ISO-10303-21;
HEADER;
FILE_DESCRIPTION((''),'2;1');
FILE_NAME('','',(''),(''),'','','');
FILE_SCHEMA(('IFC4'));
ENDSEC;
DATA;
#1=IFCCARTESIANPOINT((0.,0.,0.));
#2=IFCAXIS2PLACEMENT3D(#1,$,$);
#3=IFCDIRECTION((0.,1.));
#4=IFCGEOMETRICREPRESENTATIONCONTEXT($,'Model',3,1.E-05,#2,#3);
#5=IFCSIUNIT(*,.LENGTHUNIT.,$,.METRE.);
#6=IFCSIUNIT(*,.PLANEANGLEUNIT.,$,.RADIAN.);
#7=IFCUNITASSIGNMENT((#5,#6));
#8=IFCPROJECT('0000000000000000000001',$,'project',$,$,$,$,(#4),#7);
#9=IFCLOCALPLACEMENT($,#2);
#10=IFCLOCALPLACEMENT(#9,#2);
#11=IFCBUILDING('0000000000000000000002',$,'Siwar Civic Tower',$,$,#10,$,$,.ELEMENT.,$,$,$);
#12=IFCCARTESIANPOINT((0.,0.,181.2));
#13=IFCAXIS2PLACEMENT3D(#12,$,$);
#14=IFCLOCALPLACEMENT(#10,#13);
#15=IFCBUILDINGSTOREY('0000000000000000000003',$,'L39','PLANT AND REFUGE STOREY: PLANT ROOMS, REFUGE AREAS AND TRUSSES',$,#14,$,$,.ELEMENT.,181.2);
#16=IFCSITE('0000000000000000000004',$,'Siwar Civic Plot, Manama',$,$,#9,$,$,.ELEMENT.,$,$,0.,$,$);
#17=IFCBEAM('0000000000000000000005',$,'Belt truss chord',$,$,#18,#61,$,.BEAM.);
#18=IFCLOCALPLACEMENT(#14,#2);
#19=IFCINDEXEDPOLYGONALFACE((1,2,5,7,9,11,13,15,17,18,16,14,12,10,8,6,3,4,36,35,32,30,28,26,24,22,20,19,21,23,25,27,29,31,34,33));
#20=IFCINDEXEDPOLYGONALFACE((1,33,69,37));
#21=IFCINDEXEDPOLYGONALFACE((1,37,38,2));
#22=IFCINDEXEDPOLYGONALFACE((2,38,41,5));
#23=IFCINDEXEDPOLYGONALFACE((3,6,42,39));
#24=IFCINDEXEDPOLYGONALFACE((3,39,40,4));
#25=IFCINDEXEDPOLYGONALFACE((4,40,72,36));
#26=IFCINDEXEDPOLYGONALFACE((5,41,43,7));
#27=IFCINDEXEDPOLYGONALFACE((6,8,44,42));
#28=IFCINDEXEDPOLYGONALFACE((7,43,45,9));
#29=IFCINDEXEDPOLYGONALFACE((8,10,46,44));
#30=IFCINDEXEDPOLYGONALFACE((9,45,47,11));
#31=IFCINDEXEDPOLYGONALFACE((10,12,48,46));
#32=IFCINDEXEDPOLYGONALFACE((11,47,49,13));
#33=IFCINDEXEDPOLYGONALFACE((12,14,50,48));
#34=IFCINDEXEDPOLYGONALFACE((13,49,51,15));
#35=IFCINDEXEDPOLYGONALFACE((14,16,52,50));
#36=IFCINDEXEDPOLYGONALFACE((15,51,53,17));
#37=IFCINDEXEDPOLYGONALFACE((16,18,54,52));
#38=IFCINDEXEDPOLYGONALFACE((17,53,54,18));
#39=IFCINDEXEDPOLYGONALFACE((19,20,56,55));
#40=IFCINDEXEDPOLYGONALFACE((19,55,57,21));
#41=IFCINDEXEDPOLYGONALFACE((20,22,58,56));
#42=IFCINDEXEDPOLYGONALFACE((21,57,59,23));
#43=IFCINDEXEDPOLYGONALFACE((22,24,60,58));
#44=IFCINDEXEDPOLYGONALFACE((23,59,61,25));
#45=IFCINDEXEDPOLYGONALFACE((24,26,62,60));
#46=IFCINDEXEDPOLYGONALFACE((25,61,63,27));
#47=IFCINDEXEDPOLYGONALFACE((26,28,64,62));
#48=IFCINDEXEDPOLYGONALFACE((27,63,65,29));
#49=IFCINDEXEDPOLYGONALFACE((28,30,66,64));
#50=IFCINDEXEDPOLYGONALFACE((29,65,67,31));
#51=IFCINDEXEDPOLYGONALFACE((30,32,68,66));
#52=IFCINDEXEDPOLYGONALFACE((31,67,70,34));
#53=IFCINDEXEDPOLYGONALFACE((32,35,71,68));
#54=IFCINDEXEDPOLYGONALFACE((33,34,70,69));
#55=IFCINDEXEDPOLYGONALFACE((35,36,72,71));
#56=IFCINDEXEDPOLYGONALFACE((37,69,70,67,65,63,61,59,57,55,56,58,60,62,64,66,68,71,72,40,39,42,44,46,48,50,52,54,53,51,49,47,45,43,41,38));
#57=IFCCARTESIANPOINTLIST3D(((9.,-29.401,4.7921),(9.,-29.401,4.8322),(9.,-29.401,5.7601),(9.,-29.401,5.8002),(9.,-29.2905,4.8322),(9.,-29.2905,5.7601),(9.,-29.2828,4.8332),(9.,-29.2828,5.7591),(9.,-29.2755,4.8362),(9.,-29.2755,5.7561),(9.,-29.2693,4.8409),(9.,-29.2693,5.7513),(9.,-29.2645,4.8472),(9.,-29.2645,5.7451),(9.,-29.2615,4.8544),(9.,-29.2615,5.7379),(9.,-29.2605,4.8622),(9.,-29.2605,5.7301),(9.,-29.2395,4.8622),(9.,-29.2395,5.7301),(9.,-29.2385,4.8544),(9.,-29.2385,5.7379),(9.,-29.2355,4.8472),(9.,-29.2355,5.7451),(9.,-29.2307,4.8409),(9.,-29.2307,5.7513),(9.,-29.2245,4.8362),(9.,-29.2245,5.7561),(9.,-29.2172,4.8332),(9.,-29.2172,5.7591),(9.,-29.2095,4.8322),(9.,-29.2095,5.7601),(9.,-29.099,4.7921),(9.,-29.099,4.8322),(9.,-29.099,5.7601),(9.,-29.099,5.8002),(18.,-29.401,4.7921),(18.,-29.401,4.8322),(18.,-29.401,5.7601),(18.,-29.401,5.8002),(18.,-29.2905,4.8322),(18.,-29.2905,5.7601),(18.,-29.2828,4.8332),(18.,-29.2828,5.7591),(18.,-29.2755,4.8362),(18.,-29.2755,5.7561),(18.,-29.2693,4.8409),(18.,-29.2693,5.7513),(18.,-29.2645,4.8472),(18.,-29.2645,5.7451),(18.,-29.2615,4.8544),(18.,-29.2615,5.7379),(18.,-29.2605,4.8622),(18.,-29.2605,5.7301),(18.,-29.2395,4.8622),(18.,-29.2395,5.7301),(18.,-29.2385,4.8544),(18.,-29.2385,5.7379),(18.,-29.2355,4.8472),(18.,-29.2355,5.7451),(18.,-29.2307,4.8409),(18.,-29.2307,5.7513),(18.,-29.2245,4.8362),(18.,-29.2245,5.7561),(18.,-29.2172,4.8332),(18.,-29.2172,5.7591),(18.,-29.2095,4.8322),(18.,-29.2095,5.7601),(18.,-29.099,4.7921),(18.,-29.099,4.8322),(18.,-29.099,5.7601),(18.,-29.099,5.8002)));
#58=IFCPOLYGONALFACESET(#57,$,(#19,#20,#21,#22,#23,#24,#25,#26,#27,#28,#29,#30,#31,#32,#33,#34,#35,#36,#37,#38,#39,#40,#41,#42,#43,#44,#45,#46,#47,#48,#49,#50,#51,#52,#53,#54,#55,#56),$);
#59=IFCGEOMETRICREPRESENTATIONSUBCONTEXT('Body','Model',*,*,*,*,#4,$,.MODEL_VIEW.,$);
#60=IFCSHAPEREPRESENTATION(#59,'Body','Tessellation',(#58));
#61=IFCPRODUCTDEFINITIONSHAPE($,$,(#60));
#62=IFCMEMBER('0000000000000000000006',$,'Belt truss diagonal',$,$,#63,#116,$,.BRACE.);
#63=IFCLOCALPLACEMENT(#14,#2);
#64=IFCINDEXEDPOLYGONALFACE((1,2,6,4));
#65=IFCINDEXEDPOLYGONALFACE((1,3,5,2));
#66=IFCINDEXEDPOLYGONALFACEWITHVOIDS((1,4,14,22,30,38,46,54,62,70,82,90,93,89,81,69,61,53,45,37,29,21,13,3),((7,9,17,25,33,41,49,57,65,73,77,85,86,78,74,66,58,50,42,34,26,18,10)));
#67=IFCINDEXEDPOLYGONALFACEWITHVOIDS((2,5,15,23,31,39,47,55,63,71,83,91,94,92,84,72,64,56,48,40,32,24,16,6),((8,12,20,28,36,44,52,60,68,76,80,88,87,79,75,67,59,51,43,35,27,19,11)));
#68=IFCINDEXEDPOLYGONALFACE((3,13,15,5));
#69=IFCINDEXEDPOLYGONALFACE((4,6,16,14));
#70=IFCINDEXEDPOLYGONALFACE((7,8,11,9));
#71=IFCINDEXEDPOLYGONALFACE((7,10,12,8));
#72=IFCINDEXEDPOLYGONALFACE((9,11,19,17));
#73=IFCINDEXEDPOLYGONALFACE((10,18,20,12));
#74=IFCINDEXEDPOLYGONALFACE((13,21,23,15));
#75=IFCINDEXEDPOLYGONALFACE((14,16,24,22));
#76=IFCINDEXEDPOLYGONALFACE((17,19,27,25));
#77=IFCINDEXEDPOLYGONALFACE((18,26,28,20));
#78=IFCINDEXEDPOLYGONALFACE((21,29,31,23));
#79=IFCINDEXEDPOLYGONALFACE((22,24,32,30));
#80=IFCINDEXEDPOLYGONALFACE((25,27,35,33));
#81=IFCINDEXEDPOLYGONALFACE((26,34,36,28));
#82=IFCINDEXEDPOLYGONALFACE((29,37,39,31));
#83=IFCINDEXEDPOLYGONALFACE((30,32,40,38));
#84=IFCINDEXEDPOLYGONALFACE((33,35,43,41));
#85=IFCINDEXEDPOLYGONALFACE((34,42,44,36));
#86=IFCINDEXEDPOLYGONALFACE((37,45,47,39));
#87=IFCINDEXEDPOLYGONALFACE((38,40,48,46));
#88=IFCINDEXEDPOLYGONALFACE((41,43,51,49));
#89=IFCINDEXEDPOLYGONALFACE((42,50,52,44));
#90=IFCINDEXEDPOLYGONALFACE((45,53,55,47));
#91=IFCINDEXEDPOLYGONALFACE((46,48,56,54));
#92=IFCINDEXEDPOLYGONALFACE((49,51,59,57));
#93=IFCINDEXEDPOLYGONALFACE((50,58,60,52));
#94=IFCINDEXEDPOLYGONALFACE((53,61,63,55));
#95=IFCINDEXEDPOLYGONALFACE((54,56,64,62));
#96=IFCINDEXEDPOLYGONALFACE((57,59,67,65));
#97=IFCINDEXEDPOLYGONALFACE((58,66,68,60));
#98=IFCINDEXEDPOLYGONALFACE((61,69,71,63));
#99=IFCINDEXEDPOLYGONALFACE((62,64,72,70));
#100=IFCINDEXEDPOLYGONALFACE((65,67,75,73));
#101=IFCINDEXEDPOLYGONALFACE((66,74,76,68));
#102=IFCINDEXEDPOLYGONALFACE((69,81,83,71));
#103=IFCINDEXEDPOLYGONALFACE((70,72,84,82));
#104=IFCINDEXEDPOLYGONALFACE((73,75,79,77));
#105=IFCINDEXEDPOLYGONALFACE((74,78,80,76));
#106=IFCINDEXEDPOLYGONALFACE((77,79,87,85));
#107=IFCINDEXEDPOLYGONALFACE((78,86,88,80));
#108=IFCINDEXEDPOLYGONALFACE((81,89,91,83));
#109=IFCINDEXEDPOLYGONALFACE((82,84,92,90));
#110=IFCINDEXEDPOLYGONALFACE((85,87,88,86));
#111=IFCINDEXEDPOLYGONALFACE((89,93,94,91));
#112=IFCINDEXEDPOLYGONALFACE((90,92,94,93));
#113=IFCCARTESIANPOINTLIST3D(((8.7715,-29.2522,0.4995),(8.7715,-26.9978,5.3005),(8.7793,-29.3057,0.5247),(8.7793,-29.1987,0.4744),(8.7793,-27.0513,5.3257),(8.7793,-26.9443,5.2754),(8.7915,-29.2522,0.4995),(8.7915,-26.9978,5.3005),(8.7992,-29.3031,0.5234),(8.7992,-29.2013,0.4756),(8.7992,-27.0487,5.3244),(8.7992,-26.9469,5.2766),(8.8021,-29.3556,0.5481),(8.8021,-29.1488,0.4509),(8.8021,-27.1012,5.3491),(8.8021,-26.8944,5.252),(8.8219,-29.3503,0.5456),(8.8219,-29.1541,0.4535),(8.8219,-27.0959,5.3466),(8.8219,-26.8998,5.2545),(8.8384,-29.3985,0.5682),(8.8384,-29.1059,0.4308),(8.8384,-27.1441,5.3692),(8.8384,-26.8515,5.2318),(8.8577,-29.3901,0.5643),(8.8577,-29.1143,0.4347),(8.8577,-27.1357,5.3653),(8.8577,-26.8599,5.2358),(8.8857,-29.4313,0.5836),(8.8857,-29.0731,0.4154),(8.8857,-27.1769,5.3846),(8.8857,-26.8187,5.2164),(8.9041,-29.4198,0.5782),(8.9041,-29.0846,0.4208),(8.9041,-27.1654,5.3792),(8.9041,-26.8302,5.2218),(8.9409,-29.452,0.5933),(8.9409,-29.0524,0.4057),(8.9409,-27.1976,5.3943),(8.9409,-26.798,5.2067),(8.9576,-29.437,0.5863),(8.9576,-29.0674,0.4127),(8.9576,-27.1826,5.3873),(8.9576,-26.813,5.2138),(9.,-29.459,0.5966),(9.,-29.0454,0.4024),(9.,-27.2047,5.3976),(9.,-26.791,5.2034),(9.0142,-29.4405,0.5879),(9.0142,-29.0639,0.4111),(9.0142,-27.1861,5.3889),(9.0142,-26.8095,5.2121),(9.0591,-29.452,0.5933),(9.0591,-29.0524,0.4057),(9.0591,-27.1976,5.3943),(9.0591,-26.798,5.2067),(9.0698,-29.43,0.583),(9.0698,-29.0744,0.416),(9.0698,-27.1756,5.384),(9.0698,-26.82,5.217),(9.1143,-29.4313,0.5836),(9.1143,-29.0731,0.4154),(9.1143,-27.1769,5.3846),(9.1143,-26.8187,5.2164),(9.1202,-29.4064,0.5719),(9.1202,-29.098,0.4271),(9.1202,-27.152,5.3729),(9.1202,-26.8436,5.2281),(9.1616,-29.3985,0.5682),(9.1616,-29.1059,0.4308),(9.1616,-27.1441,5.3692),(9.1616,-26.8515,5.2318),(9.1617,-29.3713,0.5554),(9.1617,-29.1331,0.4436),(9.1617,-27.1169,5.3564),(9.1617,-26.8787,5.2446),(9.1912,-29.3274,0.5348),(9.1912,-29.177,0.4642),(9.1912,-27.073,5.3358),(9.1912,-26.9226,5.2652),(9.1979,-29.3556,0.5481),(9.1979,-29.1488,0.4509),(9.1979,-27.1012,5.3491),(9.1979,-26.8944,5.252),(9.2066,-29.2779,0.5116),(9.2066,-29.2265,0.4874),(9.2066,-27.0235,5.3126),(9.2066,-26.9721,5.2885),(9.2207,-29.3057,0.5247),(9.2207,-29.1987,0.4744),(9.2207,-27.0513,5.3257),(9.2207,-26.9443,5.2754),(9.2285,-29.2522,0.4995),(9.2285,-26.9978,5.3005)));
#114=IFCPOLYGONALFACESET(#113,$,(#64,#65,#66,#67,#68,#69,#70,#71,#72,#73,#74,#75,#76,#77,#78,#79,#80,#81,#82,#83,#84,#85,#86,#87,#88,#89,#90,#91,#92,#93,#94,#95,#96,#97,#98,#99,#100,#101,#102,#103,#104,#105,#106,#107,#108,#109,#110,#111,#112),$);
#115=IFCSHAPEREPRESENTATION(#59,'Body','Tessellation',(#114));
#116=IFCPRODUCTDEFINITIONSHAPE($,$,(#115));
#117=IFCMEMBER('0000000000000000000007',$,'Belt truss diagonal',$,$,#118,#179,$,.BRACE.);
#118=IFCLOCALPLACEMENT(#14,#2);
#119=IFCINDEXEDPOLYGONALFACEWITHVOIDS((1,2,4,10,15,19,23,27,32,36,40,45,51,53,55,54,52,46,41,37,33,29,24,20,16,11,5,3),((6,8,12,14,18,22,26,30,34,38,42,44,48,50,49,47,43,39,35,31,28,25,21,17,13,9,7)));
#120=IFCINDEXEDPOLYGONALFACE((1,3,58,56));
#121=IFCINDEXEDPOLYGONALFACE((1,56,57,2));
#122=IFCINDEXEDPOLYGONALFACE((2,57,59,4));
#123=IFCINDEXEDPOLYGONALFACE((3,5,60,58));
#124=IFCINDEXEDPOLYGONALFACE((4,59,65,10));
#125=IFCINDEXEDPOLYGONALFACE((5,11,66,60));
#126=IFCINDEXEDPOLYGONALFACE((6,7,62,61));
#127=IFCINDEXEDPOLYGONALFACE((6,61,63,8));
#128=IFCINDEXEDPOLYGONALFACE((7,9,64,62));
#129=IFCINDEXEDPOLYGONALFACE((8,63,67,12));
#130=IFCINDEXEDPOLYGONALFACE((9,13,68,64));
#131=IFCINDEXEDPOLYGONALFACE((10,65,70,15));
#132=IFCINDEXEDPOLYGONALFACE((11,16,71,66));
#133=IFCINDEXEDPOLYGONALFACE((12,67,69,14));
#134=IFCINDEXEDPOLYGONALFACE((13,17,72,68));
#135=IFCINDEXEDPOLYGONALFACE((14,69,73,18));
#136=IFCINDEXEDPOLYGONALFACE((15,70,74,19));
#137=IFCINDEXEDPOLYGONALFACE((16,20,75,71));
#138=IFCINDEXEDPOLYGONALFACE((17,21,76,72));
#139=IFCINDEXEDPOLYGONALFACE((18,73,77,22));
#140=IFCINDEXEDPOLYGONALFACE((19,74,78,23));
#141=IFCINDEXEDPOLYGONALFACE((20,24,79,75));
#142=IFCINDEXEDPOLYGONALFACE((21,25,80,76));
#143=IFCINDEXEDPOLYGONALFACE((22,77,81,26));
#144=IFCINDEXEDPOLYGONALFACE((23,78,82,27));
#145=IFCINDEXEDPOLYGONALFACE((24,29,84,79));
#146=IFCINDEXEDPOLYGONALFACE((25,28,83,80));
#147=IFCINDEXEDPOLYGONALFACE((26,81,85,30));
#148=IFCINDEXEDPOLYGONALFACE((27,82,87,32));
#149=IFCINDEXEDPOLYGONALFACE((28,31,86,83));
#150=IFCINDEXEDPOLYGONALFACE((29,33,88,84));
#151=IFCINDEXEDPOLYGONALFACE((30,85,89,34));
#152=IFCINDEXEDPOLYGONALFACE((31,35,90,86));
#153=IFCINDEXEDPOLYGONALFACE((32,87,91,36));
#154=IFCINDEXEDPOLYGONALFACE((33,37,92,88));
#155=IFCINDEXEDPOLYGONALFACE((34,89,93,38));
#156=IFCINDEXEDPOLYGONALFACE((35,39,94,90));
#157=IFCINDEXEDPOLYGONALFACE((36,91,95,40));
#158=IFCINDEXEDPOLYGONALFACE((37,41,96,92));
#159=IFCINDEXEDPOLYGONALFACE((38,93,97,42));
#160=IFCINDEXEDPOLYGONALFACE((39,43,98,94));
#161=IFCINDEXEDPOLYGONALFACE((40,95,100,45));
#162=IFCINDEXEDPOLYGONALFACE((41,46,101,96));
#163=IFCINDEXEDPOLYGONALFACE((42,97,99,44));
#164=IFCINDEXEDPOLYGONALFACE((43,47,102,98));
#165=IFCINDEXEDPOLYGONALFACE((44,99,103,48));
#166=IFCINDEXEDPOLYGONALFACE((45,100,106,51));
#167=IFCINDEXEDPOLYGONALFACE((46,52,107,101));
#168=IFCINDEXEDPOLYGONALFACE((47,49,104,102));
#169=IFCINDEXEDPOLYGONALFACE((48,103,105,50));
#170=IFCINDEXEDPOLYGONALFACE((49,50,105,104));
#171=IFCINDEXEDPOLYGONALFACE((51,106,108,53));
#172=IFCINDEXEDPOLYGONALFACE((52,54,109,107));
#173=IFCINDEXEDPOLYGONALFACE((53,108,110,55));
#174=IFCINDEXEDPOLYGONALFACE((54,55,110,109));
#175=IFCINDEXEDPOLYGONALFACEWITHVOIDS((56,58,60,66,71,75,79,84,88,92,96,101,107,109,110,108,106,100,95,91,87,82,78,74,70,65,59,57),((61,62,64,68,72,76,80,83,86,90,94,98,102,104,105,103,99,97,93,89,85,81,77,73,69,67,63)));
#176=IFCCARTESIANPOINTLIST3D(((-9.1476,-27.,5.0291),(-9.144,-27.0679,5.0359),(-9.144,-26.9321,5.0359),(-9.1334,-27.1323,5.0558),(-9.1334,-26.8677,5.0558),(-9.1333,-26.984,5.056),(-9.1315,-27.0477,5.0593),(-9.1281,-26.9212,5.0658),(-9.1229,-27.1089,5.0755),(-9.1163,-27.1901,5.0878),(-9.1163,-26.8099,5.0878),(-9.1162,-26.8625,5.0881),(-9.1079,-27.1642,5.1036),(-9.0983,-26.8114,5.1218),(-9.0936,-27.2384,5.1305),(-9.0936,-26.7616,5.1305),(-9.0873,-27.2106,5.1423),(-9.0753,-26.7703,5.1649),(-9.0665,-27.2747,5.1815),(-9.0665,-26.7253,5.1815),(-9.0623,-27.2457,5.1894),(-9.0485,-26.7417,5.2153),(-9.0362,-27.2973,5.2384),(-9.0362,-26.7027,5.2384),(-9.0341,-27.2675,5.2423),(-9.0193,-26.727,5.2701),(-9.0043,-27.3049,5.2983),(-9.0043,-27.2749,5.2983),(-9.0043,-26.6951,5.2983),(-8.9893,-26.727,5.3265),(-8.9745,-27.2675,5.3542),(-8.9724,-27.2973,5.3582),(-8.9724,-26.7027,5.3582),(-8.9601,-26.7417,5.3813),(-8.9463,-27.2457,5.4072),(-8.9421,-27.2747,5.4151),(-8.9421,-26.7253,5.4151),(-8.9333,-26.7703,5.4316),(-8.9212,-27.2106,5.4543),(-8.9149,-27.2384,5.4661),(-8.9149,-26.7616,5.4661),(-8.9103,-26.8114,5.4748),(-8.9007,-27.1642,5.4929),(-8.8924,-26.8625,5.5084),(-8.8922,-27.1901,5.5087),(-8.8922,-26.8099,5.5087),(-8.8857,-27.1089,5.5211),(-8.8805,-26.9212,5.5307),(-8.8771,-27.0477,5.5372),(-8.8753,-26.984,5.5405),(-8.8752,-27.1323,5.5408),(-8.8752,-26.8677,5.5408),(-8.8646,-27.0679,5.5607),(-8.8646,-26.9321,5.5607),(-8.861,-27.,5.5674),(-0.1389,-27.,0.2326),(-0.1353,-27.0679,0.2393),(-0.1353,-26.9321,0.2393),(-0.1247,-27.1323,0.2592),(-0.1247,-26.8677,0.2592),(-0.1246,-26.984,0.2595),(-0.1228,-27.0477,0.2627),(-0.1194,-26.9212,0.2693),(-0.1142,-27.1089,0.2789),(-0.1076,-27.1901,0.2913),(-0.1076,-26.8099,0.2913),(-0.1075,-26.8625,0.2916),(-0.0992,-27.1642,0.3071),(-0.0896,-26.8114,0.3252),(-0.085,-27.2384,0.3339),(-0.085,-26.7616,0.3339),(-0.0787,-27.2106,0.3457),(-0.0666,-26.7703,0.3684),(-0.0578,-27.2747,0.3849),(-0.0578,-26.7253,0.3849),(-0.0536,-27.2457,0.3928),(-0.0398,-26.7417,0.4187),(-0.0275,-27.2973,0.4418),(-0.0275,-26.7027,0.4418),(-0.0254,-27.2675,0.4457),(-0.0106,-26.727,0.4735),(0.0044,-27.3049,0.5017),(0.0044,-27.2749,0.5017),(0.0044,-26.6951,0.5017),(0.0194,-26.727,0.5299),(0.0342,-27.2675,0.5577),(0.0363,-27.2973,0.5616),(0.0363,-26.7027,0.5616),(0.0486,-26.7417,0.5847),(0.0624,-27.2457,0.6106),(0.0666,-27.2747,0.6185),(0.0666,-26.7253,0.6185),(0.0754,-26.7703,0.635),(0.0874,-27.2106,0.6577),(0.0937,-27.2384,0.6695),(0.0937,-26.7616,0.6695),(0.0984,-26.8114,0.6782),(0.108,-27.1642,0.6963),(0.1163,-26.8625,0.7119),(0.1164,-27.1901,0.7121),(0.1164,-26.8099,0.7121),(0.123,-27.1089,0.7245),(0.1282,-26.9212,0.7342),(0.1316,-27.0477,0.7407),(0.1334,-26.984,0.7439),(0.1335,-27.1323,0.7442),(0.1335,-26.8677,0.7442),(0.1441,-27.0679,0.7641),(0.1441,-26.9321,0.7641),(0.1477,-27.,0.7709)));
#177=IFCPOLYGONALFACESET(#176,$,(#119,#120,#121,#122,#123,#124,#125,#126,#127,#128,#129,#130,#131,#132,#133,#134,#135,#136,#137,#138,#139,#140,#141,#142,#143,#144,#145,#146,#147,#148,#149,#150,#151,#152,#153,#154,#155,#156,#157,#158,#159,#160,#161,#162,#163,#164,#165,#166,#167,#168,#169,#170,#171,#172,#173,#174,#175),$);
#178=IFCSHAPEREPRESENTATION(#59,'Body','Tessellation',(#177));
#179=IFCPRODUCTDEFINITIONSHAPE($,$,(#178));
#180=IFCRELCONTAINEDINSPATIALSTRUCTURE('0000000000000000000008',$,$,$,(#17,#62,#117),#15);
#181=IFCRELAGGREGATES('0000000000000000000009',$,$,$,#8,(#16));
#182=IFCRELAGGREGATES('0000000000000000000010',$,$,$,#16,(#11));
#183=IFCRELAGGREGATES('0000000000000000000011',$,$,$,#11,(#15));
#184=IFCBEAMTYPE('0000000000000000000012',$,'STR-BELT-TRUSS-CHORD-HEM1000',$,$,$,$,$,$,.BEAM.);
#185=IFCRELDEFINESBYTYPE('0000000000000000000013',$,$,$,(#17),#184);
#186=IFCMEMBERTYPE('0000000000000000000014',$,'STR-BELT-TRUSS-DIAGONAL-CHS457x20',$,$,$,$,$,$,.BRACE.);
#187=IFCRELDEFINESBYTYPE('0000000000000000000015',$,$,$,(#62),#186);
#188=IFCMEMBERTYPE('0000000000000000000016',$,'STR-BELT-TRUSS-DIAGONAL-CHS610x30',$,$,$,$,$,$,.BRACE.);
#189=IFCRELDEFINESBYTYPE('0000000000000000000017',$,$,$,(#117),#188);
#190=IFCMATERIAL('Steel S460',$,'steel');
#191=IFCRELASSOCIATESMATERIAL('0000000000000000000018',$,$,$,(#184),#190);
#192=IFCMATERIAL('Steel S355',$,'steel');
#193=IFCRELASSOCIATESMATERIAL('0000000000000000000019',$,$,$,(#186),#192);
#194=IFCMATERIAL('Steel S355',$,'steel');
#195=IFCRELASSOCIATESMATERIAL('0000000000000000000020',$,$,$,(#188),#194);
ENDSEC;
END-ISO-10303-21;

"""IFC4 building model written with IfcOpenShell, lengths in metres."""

from ifc_helpers import new_model, si_unit, direction, frame, origin, origin_2d, place, context, subcontext, project, spatial, hollow_circle, i_section, extrude, material, material_profile, profile_set, type_object, element, save


model = new_model("IFC4")

# Units and contexts
model_context = context("Model", 3, precision=1e-05, world=origin(), true_north=direction((0.0, 1.0)))
body_context = subcontext(model_context, "Body", "Model", "MODEL_VIEW")
ifc_project = project(units=[si_unit("LENGTHUNIT", "METRE"), si_unit("PLANEANGLEUNIT", "RADIAN")], contexts=[model_context])

# Site, building, storey
site_placement = place(None, origin())
site = spatial("IfcSite", under=ifc_project, at=site_placement, Name="Siwar Civic Plot, Manama", CompositionType="ELEMENT", RefElevation=0.0)
building_placement = place(site_placement, origin())
building = spatial("IfcBuilding", under=site, at=building_placement, Name="Siwar Civic Tower", CompositionType="ELEMENT")
storey_placement = place(building_placement, frame((0.0, 0.0, 181.2)))
storey = spatial("IfcBuildingStorey", under=building, at=storey_placement, Name="L39", Description="PLANT AND REFUGE STOREY: PLANT ROOMS, REFUGE AREAS AND TRUSSES", CompositionType="ELEMENT", Elevation=181.2)

# Beam
ifc_material_1 = material(Name="Steel S460", Category="steel")
ifc_material_profile_1 = material_profile(ifc_material_1, i_section(OverallWidth=0.302, OverallDepth=1.0081, WebThickness=0.021, FlangeThickness=0.04, FilletRadius=0.03, at=origin_2d()), Name="HEM1000")
ifc_profile_set_1 = profile_set([ifc_material_profile_1], Name="Steel S460")
beam_type_1 = type_object("IfcBeamType", Name="STR-BELT-TRUSS-CHORD-HEM1000", PredefinedType="BEAM", material=ifc_profile_set_1)
for number, where, z_axis, x_axis, name in (
    (1, (9.0, -29.25, 5.2961), (1.0, 0.0, 0.0), (0.0, 1.0, 0.0), "Belt truss chord"),
):
    element("IfcBeam", number, at=place(storey_placement, frame(where, z_axis=z_axis, x_axis=x_axis)), inside=storey, type_object=beam_type_1, Name=name, PredefinedType="BEAM", context=body_context, shape_type="SweptSolid", body=[
        extrude(i_section(OverallWidth=0.302, OverallDepth=1.0081, WebThickness=0.021, FlangeThickness=0.04, FilletRadius=0.03, at=origin_2d()), origin(), (0.0, 0.0, 1.0), 9.0),
    ])

# Members
ifc_material_2 = material(Name="Steel S355", Category="steel")
ifc_material_profile_2 = material_profile(ifc_material_2, hollow_circle(Radius=0.2285, WallThickness=0.02, at=origin_2d()), Name="CHS457x20")
ifc_profile_set_2 = profile_set([ifc_material_profile_2], Name="Steel S355")
member_type_1 = type_object("IfcMemberType", Name="STR-BELT-TRUSS-DIAGONAL-CHS457x20", PredefinedType="BRACE", material=ifc_profile_set_2)
member_1_placement = place(storey_placement, frame((9.0, -29.2522, 0.4995), z_axis=(0.0, 0.425039, 0.905175), x_axis=(-1.0, 0.0, 0.0)))
element("IfcMember", 2, at=member_1_placement, inside=storey, type_object=member_type_1, Name="Belt truss diagonal", PredefinedType="BRACE", context=body_context, shape_type="SweptSolid", body=[
    extrude(hollow_circle(Radius=0.2285, WallThickness=0.02, at=origin_2d()), origin(), (0.0, 0.0, 1.0), 5.304),
])
ifc_material_3 = material(Name="Steel S355", Category="steel")
ifc_material_profile_3 = material_profile(ifc_material_3, hollow_circle(Radius=0.3049, WallThickness=0.03, at=origin_2d()), Name="CHS610x30")
ifc_profile_set_3 = profile_set([ifc_material_profile_3], Name="Steel S355")
member_type_2 = type_object("IfcMemberType", Name="STR-BELT-TRUSS-DIAGONAL-CHS610x30", PredefinedType="BRACE", material=ifc_profile_set_3)
for number, where, z_axis, x_axis, name in (
    (3, (0.0044, -27.0, 0.5017), (-0.882681, 0.0, 0.469974), (0.0, -1.0, 0.0), "Belt truss diagonal"),
):
    element("IfcMember", number, at=place(storey_placement, frame(where, z_axis=z_axis, x_axis=x_axis)), inside=storey, type_object=member_type_2, Name=name, PredefinedType="BRACE", context=body_context, shape_type="SweptSolid", body=[
        extrude(hollow_circle(Radius=0.3049, WallThickness=0.03, at=origin_2d()), origin(), (0.0, 0.0, 1.0), 10.2061),
    ])

save(model, "model.ifc")
